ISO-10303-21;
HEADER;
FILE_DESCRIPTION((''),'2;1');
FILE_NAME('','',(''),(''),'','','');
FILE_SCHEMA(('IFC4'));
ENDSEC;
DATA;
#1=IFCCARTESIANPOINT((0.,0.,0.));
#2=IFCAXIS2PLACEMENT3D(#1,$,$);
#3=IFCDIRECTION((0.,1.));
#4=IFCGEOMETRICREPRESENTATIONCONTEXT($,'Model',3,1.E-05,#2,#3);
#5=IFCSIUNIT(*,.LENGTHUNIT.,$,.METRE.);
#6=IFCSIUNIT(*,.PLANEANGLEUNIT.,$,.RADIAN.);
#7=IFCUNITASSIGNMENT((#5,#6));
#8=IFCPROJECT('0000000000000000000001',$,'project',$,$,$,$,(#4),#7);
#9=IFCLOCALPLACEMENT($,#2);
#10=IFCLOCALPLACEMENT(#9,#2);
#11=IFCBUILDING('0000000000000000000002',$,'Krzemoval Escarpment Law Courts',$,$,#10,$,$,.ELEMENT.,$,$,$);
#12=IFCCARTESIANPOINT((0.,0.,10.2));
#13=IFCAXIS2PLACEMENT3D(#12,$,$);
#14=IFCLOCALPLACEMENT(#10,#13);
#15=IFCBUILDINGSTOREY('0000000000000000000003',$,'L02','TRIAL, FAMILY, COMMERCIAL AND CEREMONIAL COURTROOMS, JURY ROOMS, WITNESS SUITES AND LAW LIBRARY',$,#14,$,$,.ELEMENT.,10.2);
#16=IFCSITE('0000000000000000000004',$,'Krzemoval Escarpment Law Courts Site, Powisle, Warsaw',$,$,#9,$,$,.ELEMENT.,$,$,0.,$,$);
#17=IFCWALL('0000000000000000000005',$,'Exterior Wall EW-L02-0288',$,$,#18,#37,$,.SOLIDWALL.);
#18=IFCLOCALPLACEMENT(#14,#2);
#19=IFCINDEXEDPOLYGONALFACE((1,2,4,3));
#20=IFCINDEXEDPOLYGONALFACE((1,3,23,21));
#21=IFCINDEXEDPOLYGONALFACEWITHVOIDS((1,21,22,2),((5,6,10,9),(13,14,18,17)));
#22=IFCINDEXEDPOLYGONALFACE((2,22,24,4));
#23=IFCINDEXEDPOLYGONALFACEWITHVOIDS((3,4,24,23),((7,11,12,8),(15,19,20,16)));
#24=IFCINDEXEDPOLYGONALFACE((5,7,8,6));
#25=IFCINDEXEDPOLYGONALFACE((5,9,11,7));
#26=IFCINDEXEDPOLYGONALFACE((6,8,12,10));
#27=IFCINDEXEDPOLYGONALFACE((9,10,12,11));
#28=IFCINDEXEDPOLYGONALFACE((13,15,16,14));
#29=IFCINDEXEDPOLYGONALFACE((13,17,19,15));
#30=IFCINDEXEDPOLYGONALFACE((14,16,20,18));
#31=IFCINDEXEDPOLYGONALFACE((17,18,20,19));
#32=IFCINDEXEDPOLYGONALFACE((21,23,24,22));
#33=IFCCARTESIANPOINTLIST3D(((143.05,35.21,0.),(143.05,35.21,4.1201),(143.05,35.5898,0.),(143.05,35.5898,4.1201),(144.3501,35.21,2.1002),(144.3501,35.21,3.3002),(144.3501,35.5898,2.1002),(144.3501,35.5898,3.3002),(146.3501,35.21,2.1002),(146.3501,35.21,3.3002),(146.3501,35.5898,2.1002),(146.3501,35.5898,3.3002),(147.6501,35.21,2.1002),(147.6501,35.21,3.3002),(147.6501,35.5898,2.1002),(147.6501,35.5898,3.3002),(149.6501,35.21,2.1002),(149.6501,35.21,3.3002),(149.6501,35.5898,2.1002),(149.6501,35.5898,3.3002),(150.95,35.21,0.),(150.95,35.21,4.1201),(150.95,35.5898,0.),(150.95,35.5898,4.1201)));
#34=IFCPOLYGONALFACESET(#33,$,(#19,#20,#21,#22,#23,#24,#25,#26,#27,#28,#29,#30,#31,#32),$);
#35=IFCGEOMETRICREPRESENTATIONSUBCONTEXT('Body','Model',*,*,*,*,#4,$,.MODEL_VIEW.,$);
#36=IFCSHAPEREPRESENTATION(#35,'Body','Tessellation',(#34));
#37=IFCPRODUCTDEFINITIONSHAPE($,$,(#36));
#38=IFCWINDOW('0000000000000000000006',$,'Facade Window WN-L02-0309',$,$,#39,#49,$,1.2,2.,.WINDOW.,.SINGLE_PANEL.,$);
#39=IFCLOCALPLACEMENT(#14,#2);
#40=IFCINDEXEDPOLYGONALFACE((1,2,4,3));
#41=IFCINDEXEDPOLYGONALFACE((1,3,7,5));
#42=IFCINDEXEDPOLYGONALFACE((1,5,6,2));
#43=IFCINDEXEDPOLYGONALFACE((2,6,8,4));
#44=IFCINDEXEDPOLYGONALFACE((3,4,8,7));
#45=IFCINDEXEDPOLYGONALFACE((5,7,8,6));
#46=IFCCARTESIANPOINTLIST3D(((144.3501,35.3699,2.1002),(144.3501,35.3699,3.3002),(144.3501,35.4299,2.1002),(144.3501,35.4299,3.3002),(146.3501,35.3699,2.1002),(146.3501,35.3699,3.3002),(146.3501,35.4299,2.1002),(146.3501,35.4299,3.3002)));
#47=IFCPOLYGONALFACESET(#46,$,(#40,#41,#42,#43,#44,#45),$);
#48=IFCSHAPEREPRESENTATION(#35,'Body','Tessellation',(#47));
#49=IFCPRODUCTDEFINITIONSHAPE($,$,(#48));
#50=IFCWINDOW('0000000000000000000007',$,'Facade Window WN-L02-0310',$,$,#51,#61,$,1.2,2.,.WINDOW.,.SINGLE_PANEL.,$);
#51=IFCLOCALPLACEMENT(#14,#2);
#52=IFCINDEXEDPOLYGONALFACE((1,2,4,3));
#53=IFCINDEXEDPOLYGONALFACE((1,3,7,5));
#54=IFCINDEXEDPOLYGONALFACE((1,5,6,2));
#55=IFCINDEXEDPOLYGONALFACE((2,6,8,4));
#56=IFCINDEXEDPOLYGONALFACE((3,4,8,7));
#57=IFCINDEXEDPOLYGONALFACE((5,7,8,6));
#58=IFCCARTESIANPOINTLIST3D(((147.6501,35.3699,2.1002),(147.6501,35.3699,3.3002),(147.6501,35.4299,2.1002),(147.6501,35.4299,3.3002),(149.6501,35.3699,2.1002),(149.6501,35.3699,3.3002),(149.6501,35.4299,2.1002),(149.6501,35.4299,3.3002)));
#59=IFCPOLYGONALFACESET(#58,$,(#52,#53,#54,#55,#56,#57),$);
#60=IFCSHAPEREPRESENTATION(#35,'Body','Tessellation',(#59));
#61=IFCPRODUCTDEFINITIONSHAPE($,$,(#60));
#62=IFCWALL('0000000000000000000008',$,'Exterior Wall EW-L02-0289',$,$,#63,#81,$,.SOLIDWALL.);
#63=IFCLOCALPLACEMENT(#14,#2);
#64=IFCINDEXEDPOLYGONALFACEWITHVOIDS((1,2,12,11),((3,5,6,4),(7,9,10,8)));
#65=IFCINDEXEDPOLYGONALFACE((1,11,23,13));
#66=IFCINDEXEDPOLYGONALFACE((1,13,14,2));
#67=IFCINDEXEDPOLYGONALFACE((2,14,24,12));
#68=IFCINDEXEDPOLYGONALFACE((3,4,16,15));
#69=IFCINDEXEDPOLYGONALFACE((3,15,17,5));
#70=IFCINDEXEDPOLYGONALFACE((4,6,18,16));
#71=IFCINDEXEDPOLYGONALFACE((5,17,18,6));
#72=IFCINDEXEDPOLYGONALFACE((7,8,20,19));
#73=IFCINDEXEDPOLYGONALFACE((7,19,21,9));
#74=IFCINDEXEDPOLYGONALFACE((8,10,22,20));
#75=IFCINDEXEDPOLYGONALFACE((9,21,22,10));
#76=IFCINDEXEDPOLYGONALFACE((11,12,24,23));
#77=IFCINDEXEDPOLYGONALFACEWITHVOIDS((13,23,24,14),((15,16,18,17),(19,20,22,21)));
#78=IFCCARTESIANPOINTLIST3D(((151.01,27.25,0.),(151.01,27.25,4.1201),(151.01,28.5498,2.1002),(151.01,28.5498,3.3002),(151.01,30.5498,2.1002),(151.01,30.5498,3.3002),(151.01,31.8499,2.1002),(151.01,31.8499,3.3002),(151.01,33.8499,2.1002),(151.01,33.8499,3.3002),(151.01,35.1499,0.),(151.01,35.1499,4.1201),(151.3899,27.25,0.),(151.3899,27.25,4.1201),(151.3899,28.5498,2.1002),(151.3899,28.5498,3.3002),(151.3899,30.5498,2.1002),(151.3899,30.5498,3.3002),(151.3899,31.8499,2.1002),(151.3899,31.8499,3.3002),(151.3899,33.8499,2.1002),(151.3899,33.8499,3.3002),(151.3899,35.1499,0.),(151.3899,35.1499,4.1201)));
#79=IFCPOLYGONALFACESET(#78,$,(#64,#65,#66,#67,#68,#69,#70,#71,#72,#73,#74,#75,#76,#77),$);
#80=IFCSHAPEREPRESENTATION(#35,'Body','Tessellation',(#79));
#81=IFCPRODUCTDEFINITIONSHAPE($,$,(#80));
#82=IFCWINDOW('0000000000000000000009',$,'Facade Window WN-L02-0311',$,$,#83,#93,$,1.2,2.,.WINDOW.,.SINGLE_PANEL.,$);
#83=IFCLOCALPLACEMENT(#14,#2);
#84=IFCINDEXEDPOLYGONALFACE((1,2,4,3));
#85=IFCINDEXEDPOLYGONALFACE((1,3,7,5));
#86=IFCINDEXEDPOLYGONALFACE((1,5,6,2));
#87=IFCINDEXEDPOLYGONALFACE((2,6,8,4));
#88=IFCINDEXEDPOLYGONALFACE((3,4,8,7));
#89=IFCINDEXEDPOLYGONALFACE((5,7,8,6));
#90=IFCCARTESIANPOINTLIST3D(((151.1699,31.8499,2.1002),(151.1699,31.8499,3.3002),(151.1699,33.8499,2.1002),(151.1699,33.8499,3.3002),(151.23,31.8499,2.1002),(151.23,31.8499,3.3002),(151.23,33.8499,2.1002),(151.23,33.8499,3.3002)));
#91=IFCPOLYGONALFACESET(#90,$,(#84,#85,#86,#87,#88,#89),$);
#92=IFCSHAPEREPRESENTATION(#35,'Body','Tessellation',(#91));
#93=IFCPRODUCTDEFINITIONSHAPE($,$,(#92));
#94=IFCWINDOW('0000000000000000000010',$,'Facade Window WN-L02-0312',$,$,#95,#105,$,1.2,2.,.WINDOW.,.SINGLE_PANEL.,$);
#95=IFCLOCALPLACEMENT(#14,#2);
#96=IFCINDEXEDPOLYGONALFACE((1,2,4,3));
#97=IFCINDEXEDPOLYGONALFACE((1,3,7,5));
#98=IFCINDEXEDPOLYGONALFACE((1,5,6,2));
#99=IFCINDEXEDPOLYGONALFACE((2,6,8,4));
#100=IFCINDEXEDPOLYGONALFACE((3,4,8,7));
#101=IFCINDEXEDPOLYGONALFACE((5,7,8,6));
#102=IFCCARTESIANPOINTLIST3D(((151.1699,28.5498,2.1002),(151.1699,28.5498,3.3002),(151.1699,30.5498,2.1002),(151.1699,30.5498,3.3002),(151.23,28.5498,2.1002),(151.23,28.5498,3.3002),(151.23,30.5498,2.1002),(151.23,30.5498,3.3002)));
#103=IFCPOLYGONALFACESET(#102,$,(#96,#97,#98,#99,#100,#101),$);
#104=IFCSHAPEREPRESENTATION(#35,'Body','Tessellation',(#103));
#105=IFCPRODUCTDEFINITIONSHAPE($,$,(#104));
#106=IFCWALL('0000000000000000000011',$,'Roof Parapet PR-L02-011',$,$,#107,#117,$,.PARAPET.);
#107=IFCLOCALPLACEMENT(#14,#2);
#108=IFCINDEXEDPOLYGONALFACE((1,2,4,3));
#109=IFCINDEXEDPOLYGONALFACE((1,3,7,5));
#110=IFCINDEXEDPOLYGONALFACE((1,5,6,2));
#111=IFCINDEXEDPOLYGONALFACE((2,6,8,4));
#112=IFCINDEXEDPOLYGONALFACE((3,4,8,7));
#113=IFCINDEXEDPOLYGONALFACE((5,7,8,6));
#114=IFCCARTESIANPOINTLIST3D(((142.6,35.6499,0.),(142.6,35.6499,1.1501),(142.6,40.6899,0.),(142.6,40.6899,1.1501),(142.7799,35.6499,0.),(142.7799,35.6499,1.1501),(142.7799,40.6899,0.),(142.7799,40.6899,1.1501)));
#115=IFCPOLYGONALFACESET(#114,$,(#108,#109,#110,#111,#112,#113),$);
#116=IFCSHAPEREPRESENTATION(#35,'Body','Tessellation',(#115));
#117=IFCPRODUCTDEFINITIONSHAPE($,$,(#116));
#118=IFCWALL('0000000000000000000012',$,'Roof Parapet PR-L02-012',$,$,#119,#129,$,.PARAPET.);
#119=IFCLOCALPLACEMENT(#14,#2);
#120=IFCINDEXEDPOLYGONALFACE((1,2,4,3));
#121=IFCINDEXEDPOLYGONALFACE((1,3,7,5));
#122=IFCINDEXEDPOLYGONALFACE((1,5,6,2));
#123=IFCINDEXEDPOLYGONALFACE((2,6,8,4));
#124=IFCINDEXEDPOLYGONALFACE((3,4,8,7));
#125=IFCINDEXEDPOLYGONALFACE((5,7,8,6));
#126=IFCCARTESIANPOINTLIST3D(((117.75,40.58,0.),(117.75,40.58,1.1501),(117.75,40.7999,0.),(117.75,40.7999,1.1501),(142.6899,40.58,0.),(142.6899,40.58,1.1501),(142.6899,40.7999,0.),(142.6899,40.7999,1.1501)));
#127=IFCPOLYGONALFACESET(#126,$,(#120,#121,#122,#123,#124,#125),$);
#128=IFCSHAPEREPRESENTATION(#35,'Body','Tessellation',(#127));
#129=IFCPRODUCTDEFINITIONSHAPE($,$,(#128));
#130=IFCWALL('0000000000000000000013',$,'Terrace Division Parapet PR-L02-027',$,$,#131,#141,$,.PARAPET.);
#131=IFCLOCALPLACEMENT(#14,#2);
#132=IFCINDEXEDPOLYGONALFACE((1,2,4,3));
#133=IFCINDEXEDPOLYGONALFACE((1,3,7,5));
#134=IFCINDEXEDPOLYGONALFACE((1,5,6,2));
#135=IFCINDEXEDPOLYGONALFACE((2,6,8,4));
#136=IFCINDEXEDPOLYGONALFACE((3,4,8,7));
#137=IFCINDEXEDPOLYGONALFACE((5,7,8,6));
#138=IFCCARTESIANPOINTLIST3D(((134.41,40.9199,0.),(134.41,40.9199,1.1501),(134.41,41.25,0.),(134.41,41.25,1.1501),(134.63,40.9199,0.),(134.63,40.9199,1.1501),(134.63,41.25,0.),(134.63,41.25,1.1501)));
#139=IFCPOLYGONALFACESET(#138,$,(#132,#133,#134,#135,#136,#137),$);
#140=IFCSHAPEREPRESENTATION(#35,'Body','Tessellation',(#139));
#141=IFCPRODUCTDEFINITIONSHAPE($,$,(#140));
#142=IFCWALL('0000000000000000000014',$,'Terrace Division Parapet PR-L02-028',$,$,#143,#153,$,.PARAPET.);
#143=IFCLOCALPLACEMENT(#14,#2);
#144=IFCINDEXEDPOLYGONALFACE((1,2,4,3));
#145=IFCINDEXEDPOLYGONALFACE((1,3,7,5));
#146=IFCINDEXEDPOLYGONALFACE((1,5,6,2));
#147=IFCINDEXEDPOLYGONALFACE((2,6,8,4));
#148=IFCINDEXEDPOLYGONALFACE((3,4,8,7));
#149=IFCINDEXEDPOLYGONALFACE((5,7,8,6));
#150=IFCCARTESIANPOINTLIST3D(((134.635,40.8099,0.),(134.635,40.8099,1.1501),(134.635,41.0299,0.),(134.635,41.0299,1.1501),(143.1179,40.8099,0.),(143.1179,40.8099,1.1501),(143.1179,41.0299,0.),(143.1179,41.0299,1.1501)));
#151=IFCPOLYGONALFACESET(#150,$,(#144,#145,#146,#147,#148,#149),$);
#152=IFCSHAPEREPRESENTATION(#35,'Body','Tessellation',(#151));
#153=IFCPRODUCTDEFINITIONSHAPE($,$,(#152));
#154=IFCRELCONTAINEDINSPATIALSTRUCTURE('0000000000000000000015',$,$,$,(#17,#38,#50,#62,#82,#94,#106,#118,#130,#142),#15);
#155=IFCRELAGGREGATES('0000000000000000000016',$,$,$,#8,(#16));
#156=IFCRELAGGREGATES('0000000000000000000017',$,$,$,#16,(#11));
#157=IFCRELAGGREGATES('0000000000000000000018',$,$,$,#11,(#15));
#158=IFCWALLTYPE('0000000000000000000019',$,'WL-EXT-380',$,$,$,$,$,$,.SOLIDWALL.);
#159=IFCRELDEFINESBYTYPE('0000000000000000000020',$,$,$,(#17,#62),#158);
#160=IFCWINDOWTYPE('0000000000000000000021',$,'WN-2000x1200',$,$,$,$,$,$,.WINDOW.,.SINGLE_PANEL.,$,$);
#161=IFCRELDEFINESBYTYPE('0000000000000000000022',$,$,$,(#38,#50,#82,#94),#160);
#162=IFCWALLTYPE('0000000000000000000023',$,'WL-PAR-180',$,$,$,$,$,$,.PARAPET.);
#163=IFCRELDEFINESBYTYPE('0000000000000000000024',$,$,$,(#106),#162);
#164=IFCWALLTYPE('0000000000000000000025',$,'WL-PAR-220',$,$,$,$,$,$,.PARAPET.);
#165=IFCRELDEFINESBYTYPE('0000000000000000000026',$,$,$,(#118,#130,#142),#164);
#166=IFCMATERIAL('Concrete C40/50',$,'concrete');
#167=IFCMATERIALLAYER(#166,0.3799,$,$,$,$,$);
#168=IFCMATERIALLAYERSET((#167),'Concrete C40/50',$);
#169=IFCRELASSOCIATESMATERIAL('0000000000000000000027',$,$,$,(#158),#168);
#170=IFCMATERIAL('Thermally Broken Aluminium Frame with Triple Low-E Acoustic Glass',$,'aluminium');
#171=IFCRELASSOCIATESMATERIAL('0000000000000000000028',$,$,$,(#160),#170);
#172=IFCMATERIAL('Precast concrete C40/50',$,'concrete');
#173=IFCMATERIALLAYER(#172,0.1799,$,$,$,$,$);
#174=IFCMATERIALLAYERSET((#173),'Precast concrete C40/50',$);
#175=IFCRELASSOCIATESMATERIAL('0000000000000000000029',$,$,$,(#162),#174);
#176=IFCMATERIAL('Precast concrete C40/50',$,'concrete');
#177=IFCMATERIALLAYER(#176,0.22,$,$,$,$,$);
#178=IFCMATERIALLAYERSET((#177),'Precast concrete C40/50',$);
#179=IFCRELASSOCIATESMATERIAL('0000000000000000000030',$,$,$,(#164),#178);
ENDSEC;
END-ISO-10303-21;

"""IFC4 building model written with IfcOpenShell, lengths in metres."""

from ifc_helpers import new_model, si_unit, direction, frame, frame_2d, origin, place, context, subcontext, project, spatial, rectangle, extrude, material, layer, layer_set, type_object, element, fill, save


model = new_model("IFC4")

# Units and contexts
model_context = context("Model", 3, precision=1e-05, world=origin(), true_north=direction((0.0, 1.0)))
body_context = subcontext(model_context, "Body", "Model", "MODEL_VIEW")
ifc_project = project(units=[si_unit("LENGTHUNIT", "METRE"), si_unit("PLANEANGLEUNIT", "RADIAN")], contexts=[model_context])

# Site, building, storey
site_placement = place(None, origin())
site = spatial("IfcSite", under=ifc_project, at=site_placement, Name="Krzemoval Escarpment Law Courts Site, Powisle, Warsaw", CompositionType="ELEMENT", RefElevation=0.0)
building_placement = place(site_placement, origin())
building = spatial("IfcBuilding", under=site, at=building_placement, Name="Krzemoval Escarpment Law Courts", CompositionType="ELEMENT")
storey_placement = place(building_placement, frame((0.0, 0.0, 10.2)))
storey = spatial("IfcBuildingStorey", under=building, at=storey_placement, Name="L02", Description="TRIAL, FAMILY, COMMERCIAL AND CEREMONIAL COURTROOMS, JURY ROOMS, WITNESS SUITES AND LAW LIBRARY", CompositionType="ELEMENT", Elevation=10.2)

# Walls, openings, windows
ifc_material_1 = material(Name="Concrete C40/50", Category="concrete")
ifc_layer_1 = layer(ifc_material_1, 0.3799)
ifc_layer_set_1 = layer_set([ifc_layer_1], Name="Concrete C40/50")
wall_type_1 = type_object("IfcWallType", Name="WL-EXT-380", PredefinedType="SOLIDWALL", material=ifc_layer_set_1)
ifc_material_2 = material(Name="Thermally Broken Aluminium Frame with Triple Low-E Acoustic Glass", Category="aluminium")
window_type = type_object("IfcWindowType", Name="WN-2000x1200", PartitioningType="SINGLE_PANEL", PredefinedType="WINDOW", material=ifc_material_2)
wall_1_placement = place(storey_placement, frame((143.05, 35.3999, 0.0), z_axis=(0.0, 0.0, 1.0), x_axis=(1.0, 0.0, 0.0)))
wall_1 = element("IfcWall", 1, at=wall_1_placement, inside=storey, type_object=wall_type_1, Name="Exterior Wall EW-L02-0288", PredefinedType="SOLIDWALL", context=body_context, shape_type="SweptSolid", body=[
    extrude(rectangle(XDim=7.8999, YDim=0.3799, at=frame_2d((3.95, 0.0))), origin(), (0.0, 0.0, 1.0), 4.1201),
])
opening_1_placement = place(wall_1_placement, frame((1.3, 0.0, 2.1001)))
opening_1 = element("IfcOpeningElement", 2, at=opening_1_placement, cuts=wall_1, PredefinedType="OPENING", context=body_context, shape_type="SweptSolid", body=[
    extrude(rectangle(XDim=2.0, YDim=1.2, at=frame_2d((1.0, 0.6001))), frame((0.0, 0.2049, 0.0), z_axis=(0.0, -1.0, 0.0), x_axis=(1.0, 0.0, 0.0)), (0.0, 0.0, 1.0), 0.4099),
])
opening_2_placement = place(wall_1_placement, frame((4.6001, 0.0, 2.1001)))
opening_2 = element("IfcOpeningElement", 3, at=opening_2_placement, cuts=wall_1, PredefinedType="OPENING", context=body_context, shape_type="SweptSolid", body=[
    extrude(rectangle(XDim=2.0, YDim=1.2, at=frame_2d((1.0, 0.6001))), frame((0.0, 0.2049, 0.0), z_axis=(0.0, -1.0, 0.0), x_axis=(1.0, 0.0, 0.0)), (0.0, 0.0, 1.0), 0.4099),
])
window_1_placement = place(opening_1_placement, origin())
window_1 = element("IfcWindow", 4, at=window_1_placement, inside=storey, type_object=window_type, Name="Facade Window WN-L02-0309", OverallHeight=1.2, OverallWidth=2.0, PartitioningType="SINGLE_PANEL", PredefinedType="WINDOW", context=body_context, shape_type="SweptSolid", body=[
    extrude(rectangle(XDim=2.0, YDim=1.2, at=frame_2d((1.0, 0.6001))), frame((0.0, 0.03, 0.0), z_axis=(0.0, -1.0, 0.0), x_axis=(1.0, 0.0, 0.0)), (0.0, 0.0, 1.0), 0.0601),
])
fill(opening_1, window_1)
window_2_placement = place(opening_2_placement, origin())
window_2 = element("IfcWindow", 5, at=window_2_placement, inside=storey, type_object=window_type, Name="Facade Window WN-L02-0310", OverallHeight=1.2, OverallWidth=2.0, PartitioningType="SINGLE_PANEL", PredefinedType="WINDOW", context=body_context, shape_type="SweptSolid", body=[
    extrude(rectangle(XDim=2.0, YDim=1.2, at=frame_2d((1.0, 0.6001))), frame((0.0, 0.03, 0.0), z_axis=(0.0, -1.0, 0.0), x_axis=(1.0, 0.0, 0.0)), (0.0, 0.0, 1.0), 0.0601),
])
fill(opening_2, window_2)
wall_2_placement = place(storey_placement, frame((151.2, 35.1499, 0.0), z_axis=(0.0, 0.0, 1.0), x_axis=(0.0, -1.0, 0.0)))
wall_2 = element("IfcWall", 6, at=wall_2_placement, inside=storey, type_object=wall_type_1, Name="Exterior Wall EW-L02-0289", PredefinedType="SOLIDWALL", context=body_context, shape_type="SweptSolid", body=[
    extrude(rectangle(XDim=7.8999, YDim=0.3799, at=frame_2d((3.95, 0.0))), origin(), (0.0, 0.0, 1.0), 4.1201),
])
opening_3_placement = place(wall_2_placement, frame((1.3, 0.0, 2.1001)))
opening_3 = element("IfcOpeningElement", 7, at=opening_3_placement, cuts=wall_2, PredefinedType="OPENING", context=body_context, shape_type="SweptSolid", body=[
    extrude(rectangle(XDim=2.0, YDim=1.2, at=frame_2d((1.0, 0.6001))), frame((0.0, 0.2049, 0.0), z_axis=(0.0, -1.0, 0.0), x_axis=(1.0, 0.0, 0.0)), (0.0, 0.0, 1.0), 0.4099),
])
opening_4_placement = place(wall_2_placement, frame((4.6001, 0.0, 2.1001)))
opening_4 = element("IfcOpeningElement", 8, at=opening_4_placement, cuts=wall_2, PredefinedType="OPENING", context=body_context, shape_type="SweptSolid", body=[
    extrude(rectangle(XDim=2.0, YDim=1.2, at=frame_2d((1.0, 0.6001))), frame((0.0, 0.2049, 0.0), z_axis=(0.0, -1.0, 0.0), x_axis=(1.0, 0.0, 0.0)), (0.0, 0.0, 1.0), 0.4099),
])
window_3_placement = place(opening_3_placement, origin())
window_3 = element("IfcWindow", 9, at=window_3_placement, inside=storey, type_object=window_type, Name="Facade Window WN-L02-0311", OverallHeight=1.2, OverallWidth=2.0, PartitioningType="SINGLE_PANEL", PredefinedType="WINDOW", context=body_context, shape_type="SweptSolid", body=[
    extrude(rectangle(XDim=2.0, YDim=1.2, at=frame_2d((1.0, 0.6001))), frame((0.0, 0.03, 0.0), z_axis=(0.0, -1.0, 0.0), x_axis=(1.0, 0.0, 0.0)), (0.0, 0.0, 1.0), 0.0601),
])
fill(opening_3, window_3)
window_4_placement = place(opening_4_placement, origin())
window_4 = element("IfcWindow", 10, at=window_4_placement, inside=storey, type_object=window_type, Name="Facade Window WN-L02-0312", OverallHeight=1.2, OverallWidth=2.0, PartitioningType="SINGLE_PANEL", PredefinedType="WINDOW", context=body_context, shape_type="SweptSolid", body=[
    extrude(rectangle(XDim=2.0, YDim=1.2, at=frame_2d((1.0, 0.6001))), frame((0.0, 0.03, 0.0), z_axis=(0.0, -1.0, 0.0), x_axis=(1.0, 0.0, 0.0)), (0.0, 0.0, 1.0), 0.0601),
])
fill(opening_4, window_4)

# Walls
ifc_material_3 = material(Name="Precast concrete C40/50", Category="concrete")
ifc_layer_2 = layer(ifc_material_3, 0.1799)
ifc_layer_set_2 = layer_set([ifc_layer_2], Name="Precast concrete C40/50")
wall_type_2 = type_object("IfcWallType", Name="WL-PAR-180", PredefinedType="PARAPET", material=ifc_layer_set_2)
wall_3_placement = place(storey_placement, frame((142.6899, 35.6499, 0.0), z_axis=(0.0, 0.0, 1.0), x_axis=(0.0, 1.0, 0.0)))
element("IfcWall", 11, at=wall_3_placement, inside=storey, type_object=wall_type_2, Name="Roof Parapet PR-L02-011", PredefinedType="PARAPET", context=body_context, shape_type="SweptSolid", body=[
    extrude(rectangle(XDim=5.04, YDim=0.1799, at=frame_2d((2.52, 0.0))), origin(), (0.0, 0.0, 1.0), 1.1501),
])
ifc_material_4 = material(Name="Precast concrete C40/50", Category="concrete")
ifc_layer_3 = layer(ifc_material_4, 0.22)
ifc_layer_set_3 = layer_set([ifc_layer_3], Name="Precast concrete C40/50")
wall_type_3 = type_object("IfcWallType", Name="WL-PAR-220", PredefinedType="PARAPET", material=ifc_layer_set_3)
wall_4_placement = place(storey_placement, frame((142.6899, 40.6899, 0.0), z_axis=(0.0, 0.0, 1.0), x_axis=(-1.0, 0.0, 0.0)))
element("IfcWall", 12, at=wall_4_placement, inside=storey, type_object=wall_type_3, Name="Roof Parapet PR-L02-012", PredefinedType="PARAPET", context=body_context, shape_type="SweptSolid", body=[
    extrude(rectangle(XDim=24.9399, YDim=0.22, at=frame_2d((12.47, 0.0))), origin(), (0.0, 0.0, 1.0), 1.1501),
])
wall_5_placement = place(storey_placement, frame((134.52, 40.9199, 0.0), z_axis=(0.0, 0.0, 1.0), x_axis=(0.0, 1.0, 0.0)))
element("IfcWall", 13, at=wall_5_placement, inside=storey, type_object=wall_type_3, Name="Terrace Division Parapet PR-L02-027", PredefinedType="PARAPET", context=body_context, shape_type="SweptSolid", body=[
    extrude(rectangle(XDim=0.3301, YDim=0.22, at=frame_2d((0.165, 0.0))), origin(), (0.0, 0.0, 1.0), 1.1501),
])
wall_6_placement = place(storey_placement, frame((143.1179, 40.9199, 0.0), z_axis=(0.0, 0.0, 1.0), x_axis=(-1.0, 0.0, 0.0)))
element("IfcWall", 14, at=wall_6_placement, inside=storey, type_object=wall_type_3, Name="Terrace Division Parapet PR-L02-028", PredefinedType="PARAPET", context=body_context, shape_type="SweptSolid", body=[
    extrude(rectangle(XDim=8.4829, YDim=0.22, at=frame_2d((4.2415, 0.0))), origin(), (0.0, 0.0, 1.0), 1.1501),
])

save(model, "model.ifc")
